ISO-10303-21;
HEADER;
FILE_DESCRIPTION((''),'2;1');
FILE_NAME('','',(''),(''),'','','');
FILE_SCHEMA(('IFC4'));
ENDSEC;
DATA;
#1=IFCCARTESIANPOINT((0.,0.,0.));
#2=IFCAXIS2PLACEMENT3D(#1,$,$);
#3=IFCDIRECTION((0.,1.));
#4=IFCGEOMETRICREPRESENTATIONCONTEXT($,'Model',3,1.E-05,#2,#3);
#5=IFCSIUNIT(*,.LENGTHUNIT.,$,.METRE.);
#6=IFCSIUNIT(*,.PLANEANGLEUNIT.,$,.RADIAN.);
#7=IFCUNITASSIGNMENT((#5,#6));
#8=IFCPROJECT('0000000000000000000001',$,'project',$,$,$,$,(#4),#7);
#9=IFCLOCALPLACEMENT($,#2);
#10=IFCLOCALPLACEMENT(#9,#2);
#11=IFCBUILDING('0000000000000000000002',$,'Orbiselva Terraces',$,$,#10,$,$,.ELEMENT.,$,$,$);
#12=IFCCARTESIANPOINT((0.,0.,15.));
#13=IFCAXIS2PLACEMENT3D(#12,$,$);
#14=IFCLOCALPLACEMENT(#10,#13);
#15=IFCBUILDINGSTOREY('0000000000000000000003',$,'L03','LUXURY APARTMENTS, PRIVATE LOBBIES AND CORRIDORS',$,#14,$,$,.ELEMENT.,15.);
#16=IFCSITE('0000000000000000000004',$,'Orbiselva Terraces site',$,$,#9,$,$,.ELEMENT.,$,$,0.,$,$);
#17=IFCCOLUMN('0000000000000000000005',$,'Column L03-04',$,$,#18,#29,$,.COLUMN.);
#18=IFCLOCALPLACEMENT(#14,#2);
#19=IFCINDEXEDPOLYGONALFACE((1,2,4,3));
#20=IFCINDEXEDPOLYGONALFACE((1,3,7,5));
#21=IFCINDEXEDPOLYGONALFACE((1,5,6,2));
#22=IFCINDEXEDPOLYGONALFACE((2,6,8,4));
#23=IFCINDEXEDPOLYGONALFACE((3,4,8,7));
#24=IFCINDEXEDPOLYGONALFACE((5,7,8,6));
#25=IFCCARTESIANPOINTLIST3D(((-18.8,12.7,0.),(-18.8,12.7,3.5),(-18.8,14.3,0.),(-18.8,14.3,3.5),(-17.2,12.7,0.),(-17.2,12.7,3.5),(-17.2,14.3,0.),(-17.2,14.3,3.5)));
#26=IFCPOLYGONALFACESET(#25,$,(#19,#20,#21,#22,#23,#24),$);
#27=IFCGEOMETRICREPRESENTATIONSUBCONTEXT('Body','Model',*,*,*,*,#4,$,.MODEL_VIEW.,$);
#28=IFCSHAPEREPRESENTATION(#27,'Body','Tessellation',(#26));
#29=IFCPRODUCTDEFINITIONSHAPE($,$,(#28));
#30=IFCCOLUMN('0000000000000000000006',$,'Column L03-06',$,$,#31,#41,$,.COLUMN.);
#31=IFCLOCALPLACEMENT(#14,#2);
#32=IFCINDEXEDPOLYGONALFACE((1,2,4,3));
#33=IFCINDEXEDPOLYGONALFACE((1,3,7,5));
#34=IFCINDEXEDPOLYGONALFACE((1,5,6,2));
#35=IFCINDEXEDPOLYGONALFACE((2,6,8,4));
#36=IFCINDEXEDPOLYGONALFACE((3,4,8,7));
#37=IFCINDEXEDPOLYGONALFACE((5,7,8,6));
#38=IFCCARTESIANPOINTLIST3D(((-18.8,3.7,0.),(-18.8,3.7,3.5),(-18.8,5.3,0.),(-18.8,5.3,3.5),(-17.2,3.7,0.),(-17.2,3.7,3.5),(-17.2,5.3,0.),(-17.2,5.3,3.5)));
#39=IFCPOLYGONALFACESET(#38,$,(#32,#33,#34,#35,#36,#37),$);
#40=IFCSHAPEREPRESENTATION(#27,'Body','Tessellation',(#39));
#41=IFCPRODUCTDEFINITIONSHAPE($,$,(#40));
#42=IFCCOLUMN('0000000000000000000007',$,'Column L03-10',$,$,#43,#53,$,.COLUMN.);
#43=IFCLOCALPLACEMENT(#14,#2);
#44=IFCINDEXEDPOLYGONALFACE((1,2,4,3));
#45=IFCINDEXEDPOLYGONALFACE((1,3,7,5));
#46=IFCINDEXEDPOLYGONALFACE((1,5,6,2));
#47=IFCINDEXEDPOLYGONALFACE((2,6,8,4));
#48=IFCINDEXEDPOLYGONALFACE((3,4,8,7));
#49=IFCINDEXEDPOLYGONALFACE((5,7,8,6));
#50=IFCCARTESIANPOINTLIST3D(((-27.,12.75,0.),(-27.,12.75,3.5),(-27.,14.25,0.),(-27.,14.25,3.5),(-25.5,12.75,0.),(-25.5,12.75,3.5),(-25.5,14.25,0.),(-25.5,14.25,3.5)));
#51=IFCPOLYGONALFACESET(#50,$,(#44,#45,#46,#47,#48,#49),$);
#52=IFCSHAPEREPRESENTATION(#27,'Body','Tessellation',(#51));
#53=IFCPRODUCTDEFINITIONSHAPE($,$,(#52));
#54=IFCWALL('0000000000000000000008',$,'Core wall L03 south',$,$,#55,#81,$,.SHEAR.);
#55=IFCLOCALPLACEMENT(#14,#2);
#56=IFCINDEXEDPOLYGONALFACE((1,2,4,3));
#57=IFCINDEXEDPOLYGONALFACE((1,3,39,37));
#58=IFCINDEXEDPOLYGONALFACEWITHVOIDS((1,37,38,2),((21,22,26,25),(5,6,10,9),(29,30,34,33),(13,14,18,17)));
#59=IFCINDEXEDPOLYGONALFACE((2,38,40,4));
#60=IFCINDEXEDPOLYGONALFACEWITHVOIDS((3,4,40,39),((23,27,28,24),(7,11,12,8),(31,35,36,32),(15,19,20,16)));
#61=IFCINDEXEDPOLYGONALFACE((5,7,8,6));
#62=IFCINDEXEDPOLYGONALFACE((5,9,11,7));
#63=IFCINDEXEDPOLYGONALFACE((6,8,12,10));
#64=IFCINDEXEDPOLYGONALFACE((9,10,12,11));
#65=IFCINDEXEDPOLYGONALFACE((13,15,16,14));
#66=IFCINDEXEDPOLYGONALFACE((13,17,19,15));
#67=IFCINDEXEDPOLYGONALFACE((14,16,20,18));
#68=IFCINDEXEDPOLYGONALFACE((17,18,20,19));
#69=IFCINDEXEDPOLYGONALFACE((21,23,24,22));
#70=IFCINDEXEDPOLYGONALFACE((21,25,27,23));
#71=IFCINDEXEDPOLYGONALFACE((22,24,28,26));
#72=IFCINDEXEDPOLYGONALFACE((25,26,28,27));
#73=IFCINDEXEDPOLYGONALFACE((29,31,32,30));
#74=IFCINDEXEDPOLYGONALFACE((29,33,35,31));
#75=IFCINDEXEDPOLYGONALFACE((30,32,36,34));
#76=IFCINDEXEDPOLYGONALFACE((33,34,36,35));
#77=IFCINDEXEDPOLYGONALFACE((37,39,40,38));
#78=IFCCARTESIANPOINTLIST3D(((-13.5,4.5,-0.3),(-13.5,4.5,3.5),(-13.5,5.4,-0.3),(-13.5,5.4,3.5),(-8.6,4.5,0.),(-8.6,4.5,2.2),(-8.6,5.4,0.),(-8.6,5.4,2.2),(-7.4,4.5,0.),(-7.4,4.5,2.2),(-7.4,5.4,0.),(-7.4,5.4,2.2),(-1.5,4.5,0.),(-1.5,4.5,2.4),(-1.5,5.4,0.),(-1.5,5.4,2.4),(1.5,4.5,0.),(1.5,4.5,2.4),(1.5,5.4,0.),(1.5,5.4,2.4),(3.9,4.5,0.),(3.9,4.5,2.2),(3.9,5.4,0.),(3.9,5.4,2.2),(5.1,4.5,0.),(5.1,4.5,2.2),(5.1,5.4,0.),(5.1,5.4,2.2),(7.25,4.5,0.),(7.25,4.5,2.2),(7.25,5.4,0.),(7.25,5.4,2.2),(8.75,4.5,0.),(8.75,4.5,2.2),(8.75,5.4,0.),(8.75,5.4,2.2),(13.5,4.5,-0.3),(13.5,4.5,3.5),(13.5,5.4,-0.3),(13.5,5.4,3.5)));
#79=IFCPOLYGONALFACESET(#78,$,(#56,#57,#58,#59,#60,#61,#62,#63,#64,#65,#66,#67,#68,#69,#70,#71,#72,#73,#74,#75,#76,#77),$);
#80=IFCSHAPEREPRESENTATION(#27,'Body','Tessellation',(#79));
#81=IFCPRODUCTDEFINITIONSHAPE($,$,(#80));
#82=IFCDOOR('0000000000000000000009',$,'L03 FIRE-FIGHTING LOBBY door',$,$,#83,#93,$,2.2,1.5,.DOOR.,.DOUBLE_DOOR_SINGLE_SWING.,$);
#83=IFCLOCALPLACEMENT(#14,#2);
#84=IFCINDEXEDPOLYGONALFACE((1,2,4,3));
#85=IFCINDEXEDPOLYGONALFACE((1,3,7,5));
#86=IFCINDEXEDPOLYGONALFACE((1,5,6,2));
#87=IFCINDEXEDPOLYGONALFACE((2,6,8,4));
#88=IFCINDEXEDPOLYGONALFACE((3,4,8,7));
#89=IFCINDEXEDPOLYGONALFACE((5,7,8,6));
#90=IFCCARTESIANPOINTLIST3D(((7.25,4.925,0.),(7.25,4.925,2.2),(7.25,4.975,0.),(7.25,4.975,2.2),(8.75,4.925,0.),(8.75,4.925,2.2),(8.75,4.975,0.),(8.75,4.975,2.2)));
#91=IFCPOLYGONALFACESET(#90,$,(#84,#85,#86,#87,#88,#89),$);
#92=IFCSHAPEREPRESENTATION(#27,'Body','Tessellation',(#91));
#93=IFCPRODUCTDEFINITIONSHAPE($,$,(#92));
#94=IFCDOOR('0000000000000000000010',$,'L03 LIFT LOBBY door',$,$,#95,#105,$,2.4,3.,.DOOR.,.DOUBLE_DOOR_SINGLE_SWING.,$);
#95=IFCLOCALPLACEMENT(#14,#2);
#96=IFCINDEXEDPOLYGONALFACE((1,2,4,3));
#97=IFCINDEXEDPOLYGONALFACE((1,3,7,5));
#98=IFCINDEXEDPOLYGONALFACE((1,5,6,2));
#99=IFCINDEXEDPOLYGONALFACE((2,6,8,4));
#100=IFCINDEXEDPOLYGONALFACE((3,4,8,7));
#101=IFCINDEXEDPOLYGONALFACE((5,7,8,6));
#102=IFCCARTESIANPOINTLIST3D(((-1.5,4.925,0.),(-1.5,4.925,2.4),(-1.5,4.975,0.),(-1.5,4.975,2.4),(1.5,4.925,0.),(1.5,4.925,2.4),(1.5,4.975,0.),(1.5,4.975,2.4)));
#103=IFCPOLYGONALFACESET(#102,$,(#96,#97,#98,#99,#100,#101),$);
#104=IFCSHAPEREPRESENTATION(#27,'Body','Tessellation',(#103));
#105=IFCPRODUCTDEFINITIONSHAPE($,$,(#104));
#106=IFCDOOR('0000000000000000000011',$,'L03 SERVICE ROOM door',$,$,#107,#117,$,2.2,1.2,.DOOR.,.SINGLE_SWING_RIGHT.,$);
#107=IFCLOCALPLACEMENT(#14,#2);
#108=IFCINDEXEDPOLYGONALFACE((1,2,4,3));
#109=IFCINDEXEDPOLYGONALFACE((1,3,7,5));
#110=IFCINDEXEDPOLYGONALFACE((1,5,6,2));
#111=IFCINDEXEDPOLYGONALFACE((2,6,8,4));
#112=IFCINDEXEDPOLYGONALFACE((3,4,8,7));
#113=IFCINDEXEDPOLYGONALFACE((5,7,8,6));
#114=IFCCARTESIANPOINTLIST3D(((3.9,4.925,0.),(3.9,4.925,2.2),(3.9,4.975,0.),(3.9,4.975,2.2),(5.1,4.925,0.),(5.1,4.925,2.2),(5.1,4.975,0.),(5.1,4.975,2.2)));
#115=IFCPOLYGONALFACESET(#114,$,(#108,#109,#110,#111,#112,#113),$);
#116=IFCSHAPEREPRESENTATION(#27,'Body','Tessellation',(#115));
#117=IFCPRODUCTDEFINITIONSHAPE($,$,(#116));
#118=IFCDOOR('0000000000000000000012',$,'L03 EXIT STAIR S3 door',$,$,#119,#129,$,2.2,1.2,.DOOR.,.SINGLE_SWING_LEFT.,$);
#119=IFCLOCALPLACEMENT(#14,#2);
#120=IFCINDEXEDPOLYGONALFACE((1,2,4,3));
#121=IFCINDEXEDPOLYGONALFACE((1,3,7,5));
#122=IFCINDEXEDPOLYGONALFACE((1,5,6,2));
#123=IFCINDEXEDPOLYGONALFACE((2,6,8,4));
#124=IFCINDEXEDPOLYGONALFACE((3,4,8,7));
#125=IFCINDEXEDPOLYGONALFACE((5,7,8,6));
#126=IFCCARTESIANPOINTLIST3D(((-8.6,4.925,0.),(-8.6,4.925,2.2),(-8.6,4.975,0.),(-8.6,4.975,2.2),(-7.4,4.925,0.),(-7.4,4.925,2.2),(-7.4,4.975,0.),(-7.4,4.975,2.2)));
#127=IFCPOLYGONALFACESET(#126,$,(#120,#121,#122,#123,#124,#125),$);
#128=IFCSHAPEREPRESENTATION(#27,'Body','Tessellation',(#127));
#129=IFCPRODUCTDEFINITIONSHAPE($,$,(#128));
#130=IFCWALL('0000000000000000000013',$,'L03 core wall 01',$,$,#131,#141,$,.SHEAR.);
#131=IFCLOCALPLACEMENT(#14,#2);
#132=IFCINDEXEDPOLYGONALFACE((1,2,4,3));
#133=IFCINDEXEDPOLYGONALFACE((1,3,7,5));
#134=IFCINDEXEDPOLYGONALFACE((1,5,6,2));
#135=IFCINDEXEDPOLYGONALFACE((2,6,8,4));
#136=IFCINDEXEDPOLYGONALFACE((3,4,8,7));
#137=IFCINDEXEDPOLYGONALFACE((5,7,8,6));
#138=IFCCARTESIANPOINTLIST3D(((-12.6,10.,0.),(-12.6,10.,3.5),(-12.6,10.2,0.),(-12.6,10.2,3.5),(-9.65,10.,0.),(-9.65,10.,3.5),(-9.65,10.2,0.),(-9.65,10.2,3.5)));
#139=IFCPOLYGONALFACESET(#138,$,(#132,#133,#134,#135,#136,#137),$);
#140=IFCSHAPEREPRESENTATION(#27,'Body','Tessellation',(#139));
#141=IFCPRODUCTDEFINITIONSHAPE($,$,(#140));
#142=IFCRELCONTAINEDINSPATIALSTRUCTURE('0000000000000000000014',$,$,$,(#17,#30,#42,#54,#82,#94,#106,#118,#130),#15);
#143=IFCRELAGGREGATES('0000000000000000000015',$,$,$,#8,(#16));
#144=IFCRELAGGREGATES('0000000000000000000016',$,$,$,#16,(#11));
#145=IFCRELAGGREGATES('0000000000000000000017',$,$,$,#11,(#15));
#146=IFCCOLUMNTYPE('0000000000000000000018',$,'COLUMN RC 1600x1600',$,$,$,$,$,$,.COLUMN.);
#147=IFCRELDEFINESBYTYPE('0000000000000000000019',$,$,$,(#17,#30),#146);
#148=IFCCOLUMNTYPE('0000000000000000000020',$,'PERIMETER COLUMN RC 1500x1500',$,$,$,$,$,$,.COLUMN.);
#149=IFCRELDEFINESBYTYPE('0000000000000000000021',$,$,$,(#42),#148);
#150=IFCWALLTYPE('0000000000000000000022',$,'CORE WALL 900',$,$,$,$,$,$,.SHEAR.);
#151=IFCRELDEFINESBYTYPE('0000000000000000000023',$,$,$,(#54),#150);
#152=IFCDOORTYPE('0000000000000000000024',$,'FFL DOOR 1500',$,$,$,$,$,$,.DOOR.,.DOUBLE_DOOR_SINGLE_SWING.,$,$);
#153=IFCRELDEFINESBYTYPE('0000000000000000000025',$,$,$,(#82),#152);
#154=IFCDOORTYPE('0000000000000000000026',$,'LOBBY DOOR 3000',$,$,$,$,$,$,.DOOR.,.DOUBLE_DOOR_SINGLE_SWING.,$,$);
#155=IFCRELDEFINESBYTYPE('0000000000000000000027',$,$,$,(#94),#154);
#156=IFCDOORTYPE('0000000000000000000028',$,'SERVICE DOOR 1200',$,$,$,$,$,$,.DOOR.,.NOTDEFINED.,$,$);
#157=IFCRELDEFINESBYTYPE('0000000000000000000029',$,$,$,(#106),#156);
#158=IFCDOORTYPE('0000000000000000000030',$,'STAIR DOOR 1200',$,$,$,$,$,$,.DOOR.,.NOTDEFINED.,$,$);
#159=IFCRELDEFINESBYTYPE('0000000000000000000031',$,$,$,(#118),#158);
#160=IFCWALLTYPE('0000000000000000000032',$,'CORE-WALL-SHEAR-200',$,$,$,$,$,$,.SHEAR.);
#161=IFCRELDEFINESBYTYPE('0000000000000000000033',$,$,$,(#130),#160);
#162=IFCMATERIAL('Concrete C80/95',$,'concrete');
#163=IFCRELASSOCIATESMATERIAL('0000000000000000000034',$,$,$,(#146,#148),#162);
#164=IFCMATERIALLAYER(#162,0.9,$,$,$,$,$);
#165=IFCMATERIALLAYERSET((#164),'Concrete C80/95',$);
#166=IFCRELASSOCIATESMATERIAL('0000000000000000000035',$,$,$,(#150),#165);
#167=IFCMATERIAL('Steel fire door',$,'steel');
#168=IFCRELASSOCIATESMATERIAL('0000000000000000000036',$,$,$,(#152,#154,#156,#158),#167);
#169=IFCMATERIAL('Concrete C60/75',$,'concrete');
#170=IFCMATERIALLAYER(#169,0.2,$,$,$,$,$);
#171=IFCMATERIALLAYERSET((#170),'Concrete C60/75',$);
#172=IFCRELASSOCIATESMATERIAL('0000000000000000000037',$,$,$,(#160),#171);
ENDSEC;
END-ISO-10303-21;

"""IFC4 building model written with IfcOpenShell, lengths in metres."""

from ifc_helpers import new_model, si_unit, direction, frame, frame_2d, origin, origin_2d, place, context, subcontext, project, spatial, rectangle, extrude, material, layer, layer_set, material_profile, profile_set, type_object, element, fill, save


model = new_model("IFC4")

# Units and contexts
model_context = context("Model", 3, precision=1e-05, world=origin(), true_north=direction((0.0, 1.0)))
body_context = subcontext(model_context, "Body", "Model", "MODEL_VIEW")
ifc_project = project(units=[si_unit("LENGTHUNIT", "METRE"), si_unit("PLANEANGLEUNIT", "RADIAN")], contexts=[model_context])

# Site, building, storey
site_placement = place(None, origin())
site = spatial("IfcSite", under=ifc_project, at=site_placement, Name="Orbiselva Terraces site", CompositionType="ELEMENT", RefElevation=0.0)
building_placement = place(site_placement, origin())
building = spatial("IfcBuilding", under=site, at=building_placement, Name="Orbiselva Terraces", CompositionType="ELEMENT")
storey_placement = place(building_placement, frame((0.0, 0.0, 15.0)))
storey = spatial("IfcBuildingStorey", under=building, at=storey_placement, Name="L03", Description="LUXURY APARTMENTS, PRIVATE LOBBIES AND CORRIDORS", CompositionType="ELEMENT", Elevation=15.0)

# Columns
ifc_material_1 = material(Name="Concrete C80/95", Category="concrete")
ifc_material_profile_1 = material_profile(ifc_material_1, rectangle(XDim=1.6, YDim=1.6, at=origin_2d()), Name="RC 1600x1600")
ifc_profile_set_1 = profile_set([ifc_material_profile_1], Name="Concrete C80/95")
column_type_1 = type_object("IfcColumnType", Name="COLUMN RC 1600x1600", PredefinedType="COLUMN", material=ifc_profile_set_1)
for number, where, z_axis, x_axis, name in (
    (1, (-18.0, 13.5, 0.0), (0.0, 0.0, 1.0), (1.0, 0.0, 0.0), "Column L03-04"),
    (2, (-18.0, 4.5, 0.0), (0.0, 0.0, 1.0), (1.0, 0.0, 0.0), "Column L03-06"),
):
    element("IfcColumn", number, at=place(storey_placement, frame(where, z_axis=z_axis, x_axis=x_axis)), inside=storey, type_object=column_type_1, Name=name, PredefinedType="COLUMN", context=body_context, shape_type="SweptSolid", body=[
        extrude(rectangle(XDim=1.6, YDim=1.6, at=origin_2d()), origin(), (0.0, 0.0, 1.0), 3.5),
    ])
ifc_material_profile_2 = material_profile(ifc_material_1, rectangle(XDim=1.5, YDim=1.5, at=origin_2d()), Name="RC 1500x1500")
ifc_profile_set_2 = profile_set([ifc_material_profile_2], Name="Concrete C80/95")
column_type_2 = type_object("IfcColumnType", Name="PERIMETER COLUMN RC 1500x1500", PredefinedType="COLUMN", material=ifc_profile_set_2)
column_placement = place(storey_placement, frame((-26.25, 13.5, 0.0), z_axis=(0.0, 0.0, 1.0), x_axis=(1.0, 0.0, 0.0)))
element("IfcColumn", 3, at=column_placement, inside=storey, type_object=column_type_2, Name="Column L03-10", PredefinedType="COLUMN", context=body_context, shape_type="SweptSolid", body=[
    extrude(rectangle(XDim=1.5, YDim=1.5, at=origin_2d()), origin(), (0.0, 0.0, 1.0), 3.5),
])

# Wall, openings, doors
ifc_layer_1 = layer(ifc_material_1, 0.9)
ifc_layer_set_1 = layer_set([ifc_layer_1], Name="Concrete C80/95")
wall_type_1 = type_object("IfcWallType", Name="CORE WALL 900", PredefinedType="SHEAR", material=ifc_layer_set_1)
wall_1_placement = place(storey_placement, frame((-13.5, 4.95, -0.3), z_axis=(0.0, 0.0, 1.0), x_axis=(1.0, 0.0, 0.0)))
wall_1 = element("IfcWall", 4, at=wall_1_placement, inside=storey, type_object=wall_type_1, Name="Core wall L03 south", PredefinedType="SHEAR", context=body_context, shape_type="SweptSolid", body=[
    extrude(rectangle(XDim=27.0, YDim=0.9, at=frame_2d((13.5, 0.0))), origin(), (0.0, 0.0, 1.0), 3.8),
])
opening_1_placement = place(wall_1_placement, frame((12.0, 0.0, 0.3)))
opening_1 = element("IfcOpeningElement", 5, at=opening_1_placement, cuts=wall_1, PredefinedType="OPENING", context=body_context, shape_type="SweptSolid", body=[
    extrude(rectangle(XDim=3.0, YDim=2.4, at=frame_2d((1.5, 1.2))), frame((0.0, 0.46, 0.0), z_axis=(0.0, -1.0, 0.0), x_axis=(1.0, 0.0, 0.0)), (0.0, 0.0, 1.0), 0.92),
])
opening_2_placement = place(wall_1_placement, frame((4.9, 0.0, 0.3)))
opening_2 = element("IfcOpeningElement", 6, at=opening_2_placement, cuts=wall_1, PredefinedType="OPENING", context=body_context, shape_type="SweptSolid", body=[
    extrude(rectangle(XDim=1.2, YDim=2.2, at=frame_2d((0.6, 1.1))), frame((0.0, 0.46, 0.0), z_axis=(0.0, -1.0, 0.0), x_axis=(1.0, 0.0, 0.0)), (0.0, 0.0, 1.0), 0.92),
])
opening_3_placement = place(wall_1_placement, frame((20.75, 0.0, 0.3)))
opening_3 = element("IfcOpeningElement", 7, at=opening_3_placement, cuts=wall_1, PredefinedType="OPENING", context=body_context, shape_type="SweptSolid", body=[
    extrude(rectangle(XDim=1.5, YDim=2.2, at=frame_2d((0.75, 1.1))), frame((0.0, 0.46, 0.0), z_axis=(0.0, -1.0, 0.0), x_axis=(1.0, 0.0, 0.0)), (0.0, 0.0, 1.0), 0.92),
])
opening_4_placement = place(wall_1_placement, frame((17.4, 0.0, 0.3)))
opening_4 = element("IfcOpeningElement", 8, at=opening_4_placement, cuts=wall_1, PredefinedType="OPENING", context=body_context, shape_type="SweptSolid", body=[
    extrude(rectangle(XDim=1.2, YDim=2.2, at=frame_2d((0.6, 1.1))), frame((0.0, 0.46, 0.0), z_axis=(0.0, -1.0, 0.0), x_axis=(1.0, 0.0, 0.0)), (0.0, 0.0, 1.0), 0.92),
])
ifc_material_2 = material(Name="Steel fire door", Category="steel")
door_type_1 = type_object("IfcDoorType", Name="FFL DOOR 1500", OperationType="DOUBLE_DOOR_SINGLE_SWING", PredefinedType="DOOR", material=ifc_material_2)
door_1_placement = place(opening_3_placement, frame((1.5, 0.0, 0.0), z_axis=(0.0, 0.0, 1.0), x_axis=(-1.0, 0.0, 0.0)))
door_1 = element("IfcDoor", 9, at=door_1_placement, inside=storey, type_object=door_type_1, Name="L03 FIRE-FIGHTING LOBBY door", OperationType="DOUBLE_DOOR_SINGLE_SWING", OverallHeight=2.2, OverallWidth=1.5, PredefinedType="DOOR", context=body_context, shape_type="SweptSolid", body=[
    extrude(rectangle(XDim=1.5, YDim=2.2, at=frame_2d((0.75, 1.1))), frame((0.0, 0.025, 0.0), z_axis=(0.0, -1.0, 0.0), x_axis=(1.0, 0.0, 0.0)), (0.0, 0.0, 1.0), 0.05),
])
fill(opening_3, door_1)
door_type_2 = type_object("IfcDoorType", Name="LOBBY DOOR 3000", OperationType="DOUBLE_DOOR_SINGLE_SWING", PredefinedType="DOOR", material=ifc_material_2)
door_2_placement = place(opening_1_placement, frame((3.0, 0.0, 0.0), z_axis=(0.0, 0.0, 1.0), x_axis=(-1.0, 0.0, 0.0)))
door_2 = element("IfcDoor", 10, at=door_2_placement, inside=storey, type_object=door_type_2, Name="L03 LIFT LOBBY door", OperationType="DOUBLE_DOOR_SINGLE_SWING", OverallHeight=2.4, OverallWidth=3.0, PredefinedType="DOOR", context=body_context, shape_type="SweptSolid", body=[
    extrude(rectangle(XDim=3.0, YDim=2.4, at=frame_2d((1.5, 1.2))), frame((0.0, 0.025, 0.0), z_axis=(0.0, -1.0, 0.0), x_axis=(1.0, 0.0, 0.0)), (0.0, 0.0, 1.0), 0.05),
])
fill(opening_1, door_2)
door_type_3 = type_object("IfcDoorType", Name="SERVICE DOOR 1200", OperationType="NOTDEFINED", PredefinedType="DOOR", material=ifc_material_2)
door_3_placement = place(opening_4_placement, frame((1.2, 0.0, 0.0), z_axis=(0.0, 0.0, 1.0), x_axis=(-1.0, 0.0, 0.0)))
door_3 = element("IfcDoor", 11, at=door_3_placement, inside=storey, type_object=door_type_3, Name="L03 SERVICE ROOM door", OperationType="SINGLE_SWING_RIGHT", OverallHeight=2.2, OverallWidth=1.2, PredefinedType="DOOR", context=body_context, shape_type="SweptSolid", body=[
    extrude(rectangle(XDim=1.2, YDim=2.2, at=frame_2d((0.6, 1.1))), frame((0.0, 0.025, 0.0), z_axis=(0.0, -1.0, 0.0), x_axis=(1.0, 0.0, 0.0)), (0.0, 0.0, 1.0), 0.05),
])
fill(opening_4, door_3)
door_type_4 = type_object("IfcDoorType", Name="STAIR DOOR 1200", OperationType="NOTDEFINED", PredefinedType="DOOR", material=ifc_material_2)
door_4_placement = place(opening_2_placement, frame((1.2, 0.0, 0.0), z_axis=(0.0, 0.0, 1.0), x_axis=(-1.0, 0.0, 0.0)))
door_4 = element("IfcDoor", 12, at=door_4_placement, inside=storey, type_object=door_type_4, Name="L03 EXIT STAIR S3 door", OperationType="SINGLE_SWING_LEFT", OverallHeight=2.2, OverallWidth=1.2, PredefinedType="DOOR", context=body_context, shape_type="SweptSolid", body=[
    extrude(rectangle(XDim=1.2, YDim=2.2, at=frame_2d((0.6, 1.1))), frame((0.0, 0.025, 0.0), z_axis=(0.0, -1.0, 0.0), x_axis=(1.0, 0.0, 0.0)), (0.0, 0.0, 1.0), 0.05),
])
fill(opening_2, door_4)

# Wall
ifc_material_3 = material(Name="Concrete C60/75", Category="concrete")
ifc_layer_2 = layer(ifc_material_3, 0.2)
ifc_layer_set_2 = layer_set([ifc_layer_2], Name="Concrete C60/75")
wall_type_2 = type_object("IfcWallType", Name="CORE-WALL-SHEAR-200", PredefinedType="SHEAR", material=ifc_layer_set_2)
wall_2_placement = place(storey_placement, frame((-12.6, 10.1, 0.0), z_axis=(0.0, 0.0, 1.0), x_axis=(1.0, 0.0, 0.0)))
element("IfcWall", 13, at=wall_2_placement, inside=storey, type_object=wall_type_2, Name="L03 core wall 01", PredefinedType="SHEAR", context=body_context, shape_type="SweptSolid", body=[
    extrude(rectangle(XDim=2.95, YDim=0.2, at=frame_2d((1.475, 0.0))), origin(), (0.0, 0.0, 1.0), 3.5),
])

save(model, "model.ifc")
